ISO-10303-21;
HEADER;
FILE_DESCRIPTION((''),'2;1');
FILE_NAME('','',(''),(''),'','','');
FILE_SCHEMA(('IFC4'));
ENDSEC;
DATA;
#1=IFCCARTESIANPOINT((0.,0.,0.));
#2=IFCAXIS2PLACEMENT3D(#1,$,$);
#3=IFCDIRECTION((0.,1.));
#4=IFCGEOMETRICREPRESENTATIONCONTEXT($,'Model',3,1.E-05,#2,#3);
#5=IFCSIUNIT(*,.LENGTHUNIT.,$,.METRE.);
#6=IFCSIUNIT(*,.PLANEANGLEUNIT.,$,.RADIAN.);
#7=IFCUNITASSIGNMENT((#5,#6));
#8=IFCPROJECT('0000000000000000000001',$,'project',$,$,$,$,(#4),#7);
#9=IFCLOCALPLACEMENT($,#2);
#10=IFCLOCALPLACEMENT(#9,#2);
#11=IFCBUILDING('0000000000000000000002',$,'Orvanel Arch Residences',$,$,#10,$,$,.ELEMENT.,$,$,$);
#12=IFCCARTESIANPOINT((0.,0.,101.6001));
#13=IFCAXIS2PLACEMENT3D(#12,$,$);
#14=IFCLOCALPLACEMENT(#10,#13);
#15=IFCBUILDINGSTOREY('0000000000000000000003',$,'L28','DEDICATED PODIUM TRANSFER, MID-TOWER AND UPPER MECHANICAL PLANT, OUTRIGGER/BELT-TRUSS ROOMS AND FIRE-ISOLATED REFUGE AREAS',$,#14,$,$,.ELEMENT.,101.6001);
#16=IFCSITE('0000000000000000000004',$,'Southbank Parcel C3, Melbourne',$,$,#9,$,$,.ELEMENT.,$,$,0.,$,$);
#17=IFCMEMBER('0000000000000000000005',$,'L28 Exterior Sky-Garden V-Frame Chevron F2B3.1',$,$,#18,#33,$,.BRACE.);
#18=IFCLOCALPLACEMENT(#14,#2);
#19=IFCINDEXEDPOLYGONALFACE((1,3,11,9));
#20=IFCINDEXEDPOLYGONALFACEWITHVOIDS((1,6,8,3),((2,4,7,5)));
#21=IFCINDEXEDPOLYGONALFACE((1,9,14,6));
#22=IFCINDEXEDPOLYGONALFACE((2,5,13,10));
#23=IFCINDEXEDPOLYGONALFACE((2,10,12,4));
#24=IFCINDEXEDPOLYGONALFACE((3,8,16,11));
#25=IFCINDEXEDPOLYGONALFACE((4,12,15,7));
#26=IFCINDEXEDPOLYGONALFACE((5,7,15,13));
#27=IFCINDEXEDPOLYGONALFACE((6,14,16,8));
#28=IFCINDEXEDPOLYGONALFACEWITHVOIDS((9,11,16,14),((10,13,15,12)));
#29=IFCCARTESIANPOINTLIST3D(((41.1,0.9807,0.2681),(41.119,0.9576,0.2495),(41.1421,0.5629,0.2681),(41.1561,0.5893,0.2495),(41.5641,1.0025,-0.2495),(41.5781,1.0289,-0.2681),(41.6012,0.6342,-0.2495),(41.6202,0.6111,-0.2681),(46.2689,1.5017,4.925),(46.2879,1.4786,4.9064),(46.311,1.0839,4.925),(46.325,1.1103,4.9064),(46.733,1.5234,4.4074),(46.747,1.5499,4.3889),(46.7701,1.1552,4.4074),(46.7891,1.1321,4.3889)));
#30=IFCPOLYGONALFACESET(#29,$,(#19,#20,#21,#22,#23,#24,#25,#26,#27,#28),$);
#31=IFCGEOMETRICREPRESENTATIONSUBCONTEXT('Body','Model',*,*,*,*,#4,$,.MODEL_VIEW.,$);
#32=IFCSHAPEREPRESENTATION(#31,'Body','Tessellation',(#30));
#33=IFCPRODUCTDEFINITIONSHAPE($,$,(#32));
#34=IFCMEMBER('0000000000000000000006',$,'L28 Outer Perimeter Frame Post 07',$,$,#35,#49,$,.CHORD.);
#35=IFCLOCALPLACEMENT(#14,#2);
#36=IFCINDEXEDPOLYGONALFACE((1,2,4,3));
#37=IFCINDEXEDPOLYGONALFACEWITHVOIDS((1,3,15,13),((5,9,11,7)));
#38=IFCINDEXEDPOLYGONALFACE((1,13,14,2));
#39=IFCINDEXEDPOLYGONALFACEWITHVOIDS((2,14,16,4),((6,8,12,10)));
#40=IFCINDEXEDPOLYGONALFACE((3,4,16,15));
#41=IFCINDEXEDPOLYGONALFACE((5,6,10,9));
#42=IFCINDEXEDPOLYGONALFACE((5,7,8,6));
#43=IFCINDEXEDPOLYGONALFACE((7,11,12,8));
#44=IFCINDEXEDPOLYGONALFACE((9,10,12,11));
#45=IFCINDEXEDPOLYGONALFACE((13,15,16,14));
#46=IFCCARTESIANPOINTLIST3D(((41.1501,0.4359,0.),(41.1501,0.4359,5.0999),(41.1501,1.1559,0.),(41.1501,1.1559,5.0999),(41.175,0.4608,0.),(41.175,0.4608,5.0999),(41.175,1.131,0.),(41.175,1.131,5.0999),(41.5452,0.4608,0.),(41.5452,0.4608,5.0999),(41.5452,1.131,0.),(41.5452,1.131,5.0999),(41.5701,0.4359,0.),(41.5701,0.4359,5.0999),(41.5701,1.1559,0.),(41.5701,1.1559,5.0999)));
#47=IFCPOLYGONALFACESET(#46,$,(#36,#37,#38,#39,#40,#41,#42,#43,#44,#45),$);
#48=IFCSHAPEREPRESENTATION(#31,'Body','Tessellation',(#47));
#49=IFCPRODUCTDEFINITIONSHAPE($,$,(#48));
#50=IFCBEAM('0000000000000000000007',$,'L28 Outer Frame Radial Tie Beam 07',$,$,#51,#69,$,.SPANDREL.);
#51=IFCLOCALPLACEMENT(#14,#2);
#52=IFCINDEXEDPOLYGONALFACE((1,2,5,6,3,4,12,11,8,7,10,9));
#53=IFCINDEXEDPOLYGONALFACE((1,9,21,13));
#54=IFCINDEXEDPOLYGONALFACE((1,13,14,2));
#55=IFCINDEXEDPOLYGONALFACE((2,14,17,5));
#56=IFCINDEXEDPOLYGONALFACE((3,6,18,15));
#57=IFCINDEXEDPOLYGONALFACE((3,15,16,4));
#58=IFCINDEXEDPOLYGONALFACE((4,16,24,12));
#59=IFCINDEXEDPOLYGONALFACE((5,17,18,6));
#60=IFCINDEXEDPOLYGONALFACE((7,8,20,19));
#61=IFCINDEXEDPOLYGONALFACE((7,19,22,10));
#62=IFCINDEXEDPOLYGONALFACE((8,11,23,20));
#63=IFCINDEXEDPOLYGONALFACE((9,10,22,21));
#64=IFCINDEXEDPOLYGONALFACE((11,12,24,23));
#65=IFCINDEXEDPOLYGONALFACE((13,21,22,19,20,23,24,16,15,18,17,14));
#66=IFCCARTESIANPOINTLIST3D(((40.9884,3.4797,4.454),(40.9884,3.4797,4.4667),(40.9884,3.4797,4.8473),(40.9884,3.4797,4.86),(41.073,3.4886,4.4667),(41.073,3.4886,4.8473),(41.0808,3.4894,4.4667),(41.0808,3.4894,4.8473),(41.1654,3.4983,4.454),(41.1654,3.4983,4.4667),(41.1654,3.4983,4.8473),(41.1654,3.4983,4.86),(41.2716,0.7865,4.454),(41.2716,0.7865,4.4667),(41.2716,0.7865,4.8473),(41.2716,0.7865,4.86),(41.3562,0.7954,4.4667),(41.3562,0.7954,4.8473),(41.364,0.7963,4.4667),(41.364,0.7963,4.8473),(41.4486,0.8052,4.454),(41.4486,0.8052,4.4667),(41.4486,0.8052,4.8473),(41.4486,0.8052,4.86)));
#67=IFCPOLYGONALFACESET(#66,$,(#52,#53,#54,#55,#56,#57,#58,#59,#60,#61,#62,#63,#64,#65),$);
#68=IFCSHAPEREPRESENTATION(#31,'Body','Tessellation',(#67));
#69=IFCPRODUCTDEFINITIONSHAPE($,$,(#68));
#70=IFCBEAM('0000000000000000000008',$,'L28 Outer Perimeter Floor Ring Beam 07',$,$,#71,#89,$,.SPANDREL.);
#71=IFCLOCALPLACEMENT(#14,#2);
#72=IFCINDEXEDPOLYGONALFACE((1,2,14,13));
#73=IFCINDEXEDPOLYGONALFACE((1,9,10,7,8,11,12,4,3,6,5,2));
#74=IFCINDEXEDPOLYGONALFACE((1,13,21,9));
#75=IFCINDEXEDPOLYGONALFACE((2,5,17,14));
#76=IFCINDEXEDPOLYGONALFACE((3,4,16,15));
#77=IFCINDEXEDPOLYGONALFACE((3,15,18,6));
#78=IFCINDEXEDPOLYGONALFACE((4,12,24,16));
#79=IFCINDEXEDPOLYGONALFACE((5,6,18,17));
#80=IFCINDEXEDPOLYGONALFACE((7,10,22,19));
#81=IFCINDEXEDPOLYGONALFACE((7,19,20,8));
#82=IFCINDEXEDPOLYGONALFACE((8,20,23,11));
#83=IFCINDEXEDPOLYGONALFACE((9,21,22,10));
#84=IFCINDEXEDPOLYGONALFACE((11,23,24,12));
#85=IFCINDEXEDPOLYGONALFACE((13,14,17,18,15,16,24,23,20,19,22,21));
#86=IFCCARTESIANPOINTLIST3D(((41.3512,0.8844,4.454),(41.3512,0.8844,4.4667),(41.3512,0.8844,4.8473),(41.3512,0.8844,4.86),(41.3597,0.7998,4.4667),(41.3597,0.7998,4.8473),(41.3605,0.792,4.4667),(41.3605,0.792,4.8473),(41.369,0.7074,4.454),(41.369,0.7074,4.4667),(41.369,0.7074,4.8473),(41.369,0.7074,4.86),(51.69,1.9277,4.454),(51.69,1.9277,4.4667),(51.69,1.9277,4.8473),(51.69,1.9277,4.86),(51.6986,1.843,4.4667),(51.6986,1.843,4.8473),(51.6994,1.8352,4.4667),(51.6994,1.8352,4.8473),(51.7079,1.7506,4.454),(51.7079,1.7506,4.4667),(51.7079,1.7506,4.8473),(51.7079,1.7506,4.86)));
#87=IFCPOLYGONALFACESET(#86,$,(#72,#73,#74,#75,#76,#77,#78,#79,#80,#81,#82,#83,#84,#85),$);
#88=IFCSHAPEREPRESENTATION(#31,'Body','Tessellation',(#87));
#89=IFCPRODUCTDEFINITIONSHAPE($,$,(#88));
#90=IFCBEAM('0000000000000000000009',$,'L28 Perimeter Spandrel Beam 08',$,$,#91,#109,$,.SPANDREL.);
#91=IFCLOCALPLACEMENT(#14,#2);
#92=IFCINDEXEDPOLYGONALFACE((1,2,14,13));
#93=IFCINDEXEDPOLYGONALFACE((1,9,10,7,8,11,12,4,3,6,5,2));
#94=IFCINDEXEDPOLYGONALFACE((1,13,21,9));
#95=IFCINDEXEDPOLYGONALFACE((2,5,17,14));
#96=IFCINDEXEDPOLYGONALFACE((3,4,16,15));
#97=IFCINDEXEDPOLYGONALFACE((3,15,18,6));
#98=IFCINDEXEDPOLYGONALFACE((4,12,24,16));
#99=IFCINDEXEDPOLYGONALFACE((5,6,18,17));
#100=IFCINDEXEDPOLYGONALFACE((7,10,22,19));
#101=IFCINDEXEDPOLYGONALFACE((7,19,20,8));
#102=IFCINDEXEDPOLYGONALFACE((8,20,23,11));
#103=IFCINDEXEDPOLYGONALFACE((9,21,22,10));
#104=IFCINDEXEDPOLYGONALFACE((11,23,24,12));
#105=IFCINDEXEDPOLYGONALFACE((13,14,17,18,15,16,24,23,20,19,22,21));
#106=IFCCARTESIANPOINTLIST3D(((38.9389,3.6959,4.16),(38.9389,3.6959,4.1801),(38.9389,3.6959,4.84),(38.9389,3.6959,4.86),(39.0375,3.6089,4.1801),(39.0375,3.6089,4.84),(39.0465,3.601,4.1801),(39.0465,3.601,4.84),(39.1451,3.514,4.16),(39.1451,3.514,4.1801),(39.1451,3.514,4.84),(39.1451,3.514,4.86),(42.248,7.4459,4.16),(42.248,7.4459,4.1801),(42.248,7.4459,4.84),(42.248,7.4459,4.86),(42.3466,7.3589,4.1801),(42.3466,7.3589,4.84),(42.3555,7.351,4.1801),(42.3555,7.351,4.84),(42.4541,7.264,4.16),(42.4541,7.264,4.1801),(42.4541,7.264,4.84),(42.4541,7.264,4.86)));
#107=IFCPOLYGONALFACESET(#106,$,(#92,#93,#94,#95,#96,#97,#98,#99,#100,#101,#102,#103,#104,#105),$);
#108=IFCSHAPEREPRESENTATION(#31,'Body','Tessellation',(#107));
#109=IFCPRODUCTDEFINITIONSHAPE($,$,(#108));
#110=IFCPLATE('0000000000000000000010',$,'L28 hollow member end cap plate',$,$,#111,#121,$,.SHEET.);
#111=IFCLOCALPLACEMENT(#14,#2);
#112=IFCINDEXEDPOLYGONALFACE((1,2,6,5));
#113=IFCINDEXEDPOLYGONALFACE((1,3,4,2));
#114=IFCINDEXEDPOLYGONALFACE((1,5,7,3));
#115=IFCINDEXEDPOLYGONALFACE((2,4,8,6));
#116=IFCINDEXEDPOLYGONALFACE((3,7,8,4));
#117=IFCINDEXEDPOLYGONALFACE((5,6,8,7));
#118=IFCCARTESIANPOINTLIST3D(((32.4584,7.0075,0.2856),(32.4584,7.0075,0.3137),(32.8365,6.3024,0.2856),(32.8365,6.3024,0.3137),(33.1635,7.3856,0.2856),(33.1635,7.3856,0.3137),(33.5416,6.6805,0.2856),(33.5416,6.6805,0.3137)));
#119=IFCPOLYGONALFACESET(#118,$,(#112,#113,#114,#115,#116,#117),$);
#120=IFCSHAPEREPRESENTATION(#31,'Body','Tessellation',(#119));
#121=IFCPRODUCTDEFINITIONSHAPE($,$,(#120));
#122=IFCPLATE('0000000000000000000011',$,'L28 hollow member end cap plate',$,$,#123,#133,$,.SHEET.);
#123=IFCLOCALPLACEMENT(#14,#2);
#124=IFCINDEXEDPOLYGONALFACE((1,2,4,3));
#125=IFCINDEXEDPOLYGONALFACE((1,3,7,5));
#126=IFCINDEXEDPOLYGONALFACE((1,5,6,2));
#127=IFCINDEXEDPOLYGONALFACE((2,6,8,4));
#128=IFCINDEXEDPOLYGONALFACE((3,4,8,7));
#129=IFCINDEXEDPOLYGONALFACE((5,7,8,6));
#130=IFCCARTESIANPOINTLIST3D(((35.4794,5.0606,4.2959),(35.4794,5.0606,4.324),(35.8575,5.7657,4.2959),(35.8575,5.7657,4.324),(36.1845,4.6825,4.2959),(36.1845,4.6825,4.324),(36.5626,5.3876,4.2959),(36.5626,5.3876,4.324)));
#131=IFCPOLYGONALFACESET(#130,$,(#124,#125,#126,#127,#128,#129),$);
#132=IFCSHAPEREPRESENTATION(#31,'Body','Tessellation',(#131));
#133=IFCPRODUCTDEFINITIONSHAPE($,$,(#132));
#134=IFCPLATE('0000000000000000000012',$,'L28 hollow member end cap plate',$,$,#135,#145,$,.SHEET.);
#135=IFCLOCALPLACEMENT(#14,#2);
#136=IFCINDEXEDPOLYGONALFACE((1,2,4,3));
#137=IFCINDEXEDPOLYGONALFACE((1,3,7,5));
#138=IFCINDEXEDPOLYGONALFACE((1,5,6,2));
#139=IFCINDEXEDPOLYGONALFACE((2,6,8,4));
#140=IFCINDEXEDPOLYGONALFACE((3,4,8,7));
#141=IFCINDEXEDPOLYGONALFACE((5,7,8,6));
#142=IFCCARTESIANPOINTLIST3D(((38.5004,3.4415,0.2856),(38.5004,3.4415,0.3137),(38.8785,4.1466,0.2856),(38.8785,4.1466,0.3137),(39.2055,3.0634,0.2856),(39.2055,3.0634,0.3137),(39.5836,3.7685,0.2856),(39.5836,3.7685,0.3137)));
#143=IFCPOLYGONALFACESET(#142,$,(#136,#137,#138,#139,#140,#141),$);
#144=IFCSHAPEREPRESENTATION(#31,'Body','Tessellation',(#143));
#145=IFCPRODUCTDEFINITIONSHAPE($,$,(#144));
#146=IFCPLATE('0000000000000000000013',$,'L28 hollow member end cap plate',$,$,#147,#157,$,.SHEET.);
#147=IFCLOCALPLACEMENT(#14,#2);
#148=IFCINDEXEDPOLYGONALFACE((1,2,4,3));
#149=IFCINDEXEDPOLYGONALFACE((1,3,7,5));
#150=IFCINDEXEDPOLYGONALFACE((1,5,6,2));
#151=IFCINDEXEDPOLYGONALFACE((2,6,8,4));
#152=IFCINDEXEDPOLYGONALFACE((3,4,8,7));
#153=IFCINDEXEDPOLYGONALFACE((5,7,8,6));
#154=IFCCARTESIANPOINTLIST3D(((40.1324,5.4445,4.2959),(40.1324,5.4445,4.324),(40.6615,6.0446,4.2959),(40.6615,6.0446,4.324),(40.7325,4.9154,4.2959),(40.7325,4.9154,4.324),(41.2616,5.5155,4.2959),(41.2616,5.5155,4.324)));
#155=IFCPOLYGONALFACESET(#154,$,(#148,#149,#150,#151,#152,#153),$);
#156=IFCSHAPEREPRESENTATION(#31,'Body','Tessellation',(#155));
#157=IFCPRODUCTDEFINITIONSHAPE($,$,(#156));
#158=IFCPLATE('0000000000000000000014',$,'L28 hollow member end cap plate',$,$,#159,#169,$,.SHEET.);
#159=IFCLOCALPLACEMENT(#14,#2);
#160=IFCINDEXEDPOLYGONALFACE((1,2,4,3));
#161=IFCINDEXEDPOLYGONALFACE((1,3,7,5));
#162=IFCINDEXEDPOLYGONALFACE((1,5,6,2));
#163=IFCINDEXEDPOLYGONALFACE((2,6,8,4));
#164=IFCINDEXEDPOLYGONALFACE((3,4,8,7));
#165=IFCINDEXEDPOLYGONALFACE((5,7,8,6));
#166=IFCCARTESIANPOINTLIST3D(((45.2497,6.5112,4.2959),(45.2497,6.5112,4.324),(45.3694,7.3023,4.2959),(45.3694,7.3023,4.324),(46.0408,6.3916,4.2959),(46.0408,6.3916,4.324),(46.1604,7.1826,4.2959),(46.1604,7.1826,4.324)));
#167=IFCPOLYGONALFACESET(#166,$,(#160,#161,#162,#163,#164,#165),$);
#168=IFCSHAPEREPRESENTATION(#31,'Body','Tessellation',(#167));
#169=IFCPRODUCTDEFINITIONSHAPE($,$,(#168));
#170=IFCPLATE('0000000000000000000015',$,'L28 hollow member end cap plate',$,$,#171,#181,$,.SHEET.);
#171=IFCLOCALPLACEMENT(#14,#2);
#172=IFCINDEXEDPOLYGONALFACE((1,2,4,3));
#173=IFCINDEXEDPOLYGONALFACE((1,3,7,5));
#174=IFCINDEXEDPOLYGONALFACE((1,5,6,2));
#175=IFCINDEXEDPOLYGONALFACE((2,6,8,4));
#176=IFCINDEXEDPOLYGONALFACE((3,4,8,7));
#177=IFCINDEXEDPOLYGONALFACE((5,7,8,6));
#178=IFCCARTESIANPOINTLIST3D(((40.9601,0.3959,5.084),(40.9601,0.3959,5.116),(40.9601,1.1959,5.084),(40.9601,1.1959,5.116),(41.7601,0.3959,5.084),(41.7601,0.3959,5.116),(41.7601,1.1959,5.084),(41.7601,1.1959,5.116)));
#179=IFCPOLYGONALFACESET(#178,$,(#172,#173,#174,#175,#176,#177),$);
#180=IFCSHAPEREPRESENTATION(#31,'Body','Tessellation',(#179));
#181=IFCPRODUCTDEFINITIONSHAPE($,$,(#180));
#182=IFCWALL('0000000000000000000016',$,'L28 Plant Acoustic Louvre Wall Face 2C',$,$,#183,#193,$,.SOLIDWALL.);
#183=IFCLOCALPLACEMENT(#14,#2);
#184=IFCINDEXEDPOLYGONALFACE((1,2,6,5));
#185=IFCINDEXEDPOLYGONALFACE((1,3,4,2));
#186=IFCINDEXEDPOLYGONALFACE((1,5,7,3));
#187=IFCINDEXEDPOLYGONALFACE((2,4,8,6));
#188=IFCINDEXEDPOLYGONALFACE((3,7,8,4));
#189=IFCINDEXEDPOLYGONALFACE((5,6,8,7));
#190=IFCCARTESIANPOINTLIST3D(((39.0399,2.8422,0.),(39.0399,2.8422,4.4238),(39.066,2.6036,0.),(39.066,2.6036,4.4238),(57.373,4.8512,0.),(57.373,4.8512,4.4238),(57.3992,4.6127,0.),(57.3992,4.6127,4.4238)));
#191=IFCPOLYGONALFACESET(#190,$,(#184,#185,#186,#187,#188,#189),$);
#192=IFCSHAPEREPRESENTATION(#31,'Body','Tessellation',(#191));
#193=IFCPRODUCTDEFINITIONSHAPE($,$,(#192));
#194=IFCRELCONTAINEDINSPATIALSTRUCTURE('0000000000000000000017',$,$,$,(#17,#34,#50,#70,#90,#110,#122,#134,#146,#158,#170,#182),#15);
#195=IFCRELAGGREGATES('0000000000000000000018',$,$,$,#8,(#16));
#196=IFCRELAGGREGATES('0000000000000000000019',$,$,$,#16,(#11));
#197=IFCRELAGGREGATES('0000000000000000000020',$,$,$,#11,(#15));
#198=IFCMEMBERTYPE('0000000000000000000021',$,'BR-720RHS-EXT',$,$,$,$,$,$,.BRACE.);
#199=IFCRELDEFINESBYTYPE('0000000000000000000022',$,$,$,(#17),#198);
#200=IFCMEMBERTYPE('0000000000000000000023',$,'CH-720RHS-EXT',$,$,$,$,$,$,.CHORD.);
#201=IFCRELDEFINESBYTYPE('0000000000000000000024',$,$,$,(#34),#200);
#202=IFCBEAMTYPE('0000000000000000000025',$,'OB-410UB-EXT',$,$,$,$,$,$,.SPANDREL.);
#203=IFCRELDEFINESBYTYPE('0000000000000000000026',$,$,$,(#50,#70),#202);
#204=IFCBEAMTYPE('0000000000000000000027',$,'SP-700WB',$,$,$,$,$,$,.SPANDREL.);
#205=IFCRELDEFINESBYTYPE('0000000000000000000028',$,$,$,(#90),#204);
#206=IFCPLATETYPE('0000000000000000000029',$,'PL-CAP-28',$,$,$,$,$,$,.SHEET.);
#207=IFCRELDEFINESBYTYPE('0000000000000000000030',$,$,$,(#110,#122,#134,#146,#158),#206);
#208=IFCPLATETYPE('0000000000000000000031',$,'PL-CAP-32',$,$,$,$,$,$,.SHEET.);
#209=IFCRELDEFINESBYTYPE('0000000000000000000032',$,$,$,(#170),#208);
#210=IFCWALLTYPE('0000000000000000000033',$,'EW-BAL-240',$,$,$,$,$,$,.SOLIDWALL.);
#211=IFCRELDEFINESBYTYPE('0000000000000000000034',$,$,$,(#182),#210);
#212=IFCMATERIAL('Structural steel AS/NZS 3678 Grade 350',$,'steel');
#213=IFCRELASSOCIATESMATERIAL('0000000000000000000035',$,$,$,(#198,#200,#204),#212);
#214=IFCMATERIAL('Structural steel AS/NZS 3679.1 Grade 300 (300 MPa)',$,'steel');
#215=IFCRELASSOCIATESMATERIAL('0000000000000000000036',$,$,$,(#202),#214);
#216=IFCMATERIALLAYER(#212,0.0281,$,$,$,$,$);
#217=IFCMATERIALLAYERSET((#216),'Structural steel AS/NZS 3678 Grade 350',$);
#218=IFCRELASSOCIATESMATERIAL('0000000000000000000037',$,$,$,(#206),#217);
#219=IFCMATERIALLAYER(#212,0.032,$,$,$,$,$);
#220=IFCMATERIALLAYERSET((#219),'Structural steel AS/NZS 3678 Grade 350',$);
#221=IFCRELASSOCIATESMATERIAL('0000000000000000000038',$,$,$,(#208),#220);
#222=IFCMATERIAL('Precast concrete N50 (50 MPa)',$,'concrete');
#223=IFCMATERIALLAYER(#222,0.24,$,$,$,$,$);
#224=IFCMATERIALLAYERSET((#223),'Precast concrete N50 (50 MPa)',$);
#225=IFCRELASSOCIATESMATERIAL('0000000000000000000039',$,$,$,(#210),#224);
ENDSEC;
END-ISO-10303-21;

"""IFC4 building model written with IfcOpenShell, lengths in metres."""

from ifc_helpers import new_model, si_unit, direction, frame, frame_2d, origin, origin_2d, place, context, subcontext, project, spatial, rectangle, hollow_rectangle, i_section, extrude, material, layer, layer_set, material_profile, profile_set, type_object, element, save


model = new_model("IFC4")

# Units and contexts
model_context = context("Model", 3, precision=1e-05, world=origin(), true_north=direction((0.0, 1.0)))
body_context = subcontext(model_context, "Body", "Model", "MODEL_VIEW")
ifc_project = project(units=[si_unit("LENGTHUNIT", "METRE"), si_unit("PLANEANGLEUNIT", "RADIAN")], contexts=[model_context])

# Site, building, storey
site_placement = place(None, origin())
site = spatial("IfcSite", under=ifc_project, at=site_placement, Name="Southbank Parcel C3, Melbourne", CompositionType="ELEMENT", RefElevation=0.0)
building_placement = place(site_placement, origin())
building = spatial("IfcBuilding", under=site, at=building_placement, Name="Orvanel Arch Residences", CompositionType="ELEMENT")
storey_placement = place(building_placement, frame((0.0, 0.0, 101.6001)))
storey = spatial("IfcBuildingStorey", under=building, at=storey_placement, Name="L28", Description="DEDICATED PODIUM TRANSFER, MID-TOWER AND UPPER MECHANICAL PLANT, OUTRIGGER/BELT-TRUSS ROOMS AND FIRE-ISOLATED REFUGE AREAS", CompositionType="ELEMENT", Elevation=101.6001)

# Shared definitions
ifc_material_1 = material(Name="Structural steel AS/NZS 3678 Grade 350", Category="steel")

# Members
ifc_material_profile_1 = material_profile(ifc_material_1, hollow_rectangle(XDim=0.4199, YDim=0.72, WallThickness=0.0249, at=origin_2d()), Name="RHS720x420x25")
ifc_profile_set_1 = profile_set([ifc_material_profile_1], Name="Structural steel AS/NZS 3678 Grade 350")
member_type_1 = type_object("IfcMemberType", Name="BR-720RHS-EXT", PredefinedType="BRACE", material=ifc_profile_set_1)
member_1_placement = place(storey_placement, frame((41.3601, 0.7959, 0.0), z_axis=(0.740867, 0.074675, 0.667487), x_axis=(-0.100285, 0.994959, 0.0)))
element("IfcMember", 1, at=member_1_placement, inside=storey, type_object=member_type_1, Name="L28 Exterior Sky-Garden V-Frame Chevron F2B3.1", PredefinedType="BRACE", context=body_context, shape_type="SweptSolid", body=[
    extrude(hollow_rectangle(XDim=0.4199, YDim=0.72, WallThickness=0.0249, at=origin_2d()), origin(), (0.0, 0.0, 1.0), 6.9768),
])
ifc_material_profile_2 = material_profile(ifc_material_1, hollow_rectangle(XDim=0.4199, YDim=0.72, WallThickness=0.0249, at=origin_2d()), Name="RHS720x420x25")
ifc_profile_set_2 = profile_set([ifc_material_profile_2], Name="Structural steel AS/NZS 3678 Grade 350")
member_type_2 = type_object("IfcMemberType", Name="CH-720RHS-EXT", PredefinedType="CHORD", material=ifc_profile_set_2)
member_2_placement = place(storey_placement, frame((41.3601, 0.7959, 0.0), z_axis=(0.0, 0.0, 1.0), x_axis=(1.0, 0.0, 0.0)))
element("IfcMember", 2, at=member_2_placement, inside=storey, type_object=member_type_2, Name="L28 Outer Perimeter Frame Post 07", PredefinedType="CHORD", context=body_context, shape_type="SweptSolid", body=[
    extrude(hollow_rectangle(XDim=0.4199, YDim=0.72, WallThickness=0.0249, at=origin_2d()), origin(), (0.0, 0.0, 1.0), 5.0999),
])

# Beams
ifc_material_2 = material(Name="Structural steel AS/NZS 3679.1 Grade 300 (300 MPa)", Category="steel")
ifc_material_profile_3 = material_profile(ifc_material_2, i_section(OverallWidth=0.178, OverallDepth=0.406, WebThickness=0.0078, FlangeThickness=0.0127, at=origin_2d()), Name="410UB59.7")
ifc_profile_set_3 = profile_set([ifc_material_profile_3], Name="Structural steel AS/NZS 3679.1 Grade 300 (300 MPa)")
beam_type_1 = type_object("IfcBeamType", Name="OB-410UB-EXT", PredefinedType="SPANDREL", material=ifc_profile_set_3)
beam_1_placement = place(storey_placement, frame((41.0769, 3.489, 4.657), z_axis=(0.104582, -0.994516, 0.0), x_axis=(0.994516, 0.104582, 0.0)))
element("IfcBeam", 3, at=beam_1_placement, inside=storey, type_object=beam_type_1, Name="L28 Outer Frame Radial Tie Beam 07", PredefinedType="SPANDREL", context=body_context, shape_type="SweptSolid", body=[
    extrude(i_section(OverallWidth=0.178, OverallDepth=0.406, WebThickness=0.0078, FlangeThickness=0.0127, at=origin_2d()), origin(), (0.0, 0.0, 1.0), 2.708),
])
beam_2_placement = place(storey_placement, frame((41.3601, 0.7959, 4.657), z_axis=(0.994948, 0.100392, 0.0), x_axis=(-0.100392, 0.994948, 0.0)))
element("IfcBeam", 4, at=beam_2_placement, inside=storey, type_object=beam_type_1, Name="L28 Outer Perimeter Floor Ring Beam 07", PredefinedType="SPANDREL", context=body_context, shape_type="SweptSolid", body=[
    extrude(i_section(OverallWidth=0.178, OverallDepth=0.406, WebThickness=0.0078, FlangeThickness=0.0127, at=origin_2d()), origin(), (0.0, 0.0, 1.0), 10.3914),
])
ifc_material_profile_4 = material_profile(ifc_material_1, i_section(OverallWidth=0.2749, OverallDepth=0.7, WebThickness=0.012, FlangeThickness=0.02, at=origin_2d()), Name="700WB150")
ifc_profile_set_4 = profile_set([ifc_material_profile_4], Name="Structural steel AS/NZS 3678 Grade 350")
beam_type_2 = type_object("IfcBeamType", Name="SP-700WB", PredefinedType="SPANDREL", material=ifc_profile_set_4)
beam_3_placement = place(storey_placement, frame((39.042, 3.605, 4.51), z_axis=(0.661651, 0.749812, 0.0), x_axis=(-0.749812, 0.661651, 0.0)))
element("IfcBeam", 5, at=beam_3_placement, inside=storey, type_object=beam_type_2, Name="L28 Perimeter Spandrel Beam 08", PredefinedType="SPANDREL", context=body_context, shape_type="SweptSolid", body=[
    extrude(i_section(OverallWidth=0.2749, OverallDepth=0.7, WebThickness=0.012, FlangeThickness=0.02, at=origin_2d()), origin(), (0.0, 0.0, 1.0), 5.0012),
])

# Plates
ifc_layer_1 = layer(ifc_material_1, 0.0281)
ifc_layer_set_1 = layer_set([ifc_layer_1], Name="Structural steel AS/NZS 3678 Grade 350")
plate_type_1 = type_object("IfcPlateType", Name="PL-CAP-28", PredefinedType="SHEET", material=ifc_layer_set_1)
for number, where, z_axis, x_axis, name in (
    (6, (33.0, 6.844, 0.2856), (0.0, 0.0, 1.0), (0.881303, 0.472551, 0.0), "L28 hollow member end cap plate"),
    (7, (36.021, 5.2241, 4.2959), (0.0, 0.0, 1.0), (-0.881303, 0.472551, 0.0), "L28 hollow member end cap plate"),
    (8, (39.042, 3.605, 0.2856), (0.0, 0.0, 1.0), (-0.881303, 0.472551, 0.0), "L28 hollow member end cap plate"),
    (9, (40.697, 5.48, 4.2959), (0.0, 0.0, 1.0), (0.661312, 0.750111, 0.0), "L28 hollow member end cap plate"),
    (10, (45.7051, 6.8469, 4.2959), (0.0, 0.0, 1.0), (-0.988756, 0.149535, 0.0), "L28 hollow member end cap plate"),
):
    element("IfcPlate", number, at=place(storey_placement, frame(where, z_axis=z_axis, x_axis=x_axis)), inside=storey, type_object=plate_type_1, Name=name, PredefinedType="SHEET", context=body_context, shape_type="SweptSolid", body=[
        extrude(rectangle(XDim=0.8, YDim=0.8, at=origin_2d()), origin(), (0.0, 0.0, 1.0), 0.0281),
    ])
ifc_layer_2 = layer(ifc_material_1, 0.032)
ifc_layer_set_2 = layer_set([ifc_layer_2], Name="Structural steel AS/NZS 3678 Grade 350")
plate_type_2 = type_object("IfcPlateType", Name="PL-CAP-32", PredefinedType="SHEET", material=ifc_layer_set_2)
plate_placement = place(storey_placement, frame((41.3601, 0.7959, 5.084), z_axis=(0.0, 0.0, 1.0), x_axis=(1.0, 0.0, 0.0)))
element("IfcPlate", 11, at=plate_placement, inside=storey, type_object=plate_type_2, Name="L28 hollow member end cap plate", PredefinedType="SHEET", context=body_context, shape_type="SweptSolid", body=[
    extrude(rectangle(XDim=0.8, YDim=0.8, at=origin_2d()), origin(), (0.0, 0.0, 1.0), 0.032),
])

# Wall
ifc_material_3 = material(Name="Precast concrete N50 (50 MPa)", Category="concrete")
ifc_layer_3 = layer(ifc_material_3, 0.24)
ifc_layer_set_3 = layer_set([ifc_layer_3], Name="Precast concrete N50 (50 MPa)")
wall_type_1 = type_object("IfcWallType", Name="EW-BAL-240", PredefinedType="SOLIDWALL", material=ifc_layer_set_3)
wall_1_placement = place(storey_placement, frame((39.053, 2.7229, 0.0), z_axis=(0.0, 0.0, 1.0), x_axis=(0.994049, 0.108933, 0.0)))
element("IfcWall", 12, at=wall_1_placement, inside=storey, type_object=wall_type_1, Name="L28 Plant Acoustic Louvre Wall Face 2C", PredefinedType="SOLIDWALL", context=body_context, shape_type="SweptSolid", body=[
    extrude(rectangle(XDim=18.4429, YDim=0.24, at=frame_2d((9.2214, 0.0))), origin(), (0.0, 0.0, 1.0), 4.4238),
])

save(model, "model.ifc")
